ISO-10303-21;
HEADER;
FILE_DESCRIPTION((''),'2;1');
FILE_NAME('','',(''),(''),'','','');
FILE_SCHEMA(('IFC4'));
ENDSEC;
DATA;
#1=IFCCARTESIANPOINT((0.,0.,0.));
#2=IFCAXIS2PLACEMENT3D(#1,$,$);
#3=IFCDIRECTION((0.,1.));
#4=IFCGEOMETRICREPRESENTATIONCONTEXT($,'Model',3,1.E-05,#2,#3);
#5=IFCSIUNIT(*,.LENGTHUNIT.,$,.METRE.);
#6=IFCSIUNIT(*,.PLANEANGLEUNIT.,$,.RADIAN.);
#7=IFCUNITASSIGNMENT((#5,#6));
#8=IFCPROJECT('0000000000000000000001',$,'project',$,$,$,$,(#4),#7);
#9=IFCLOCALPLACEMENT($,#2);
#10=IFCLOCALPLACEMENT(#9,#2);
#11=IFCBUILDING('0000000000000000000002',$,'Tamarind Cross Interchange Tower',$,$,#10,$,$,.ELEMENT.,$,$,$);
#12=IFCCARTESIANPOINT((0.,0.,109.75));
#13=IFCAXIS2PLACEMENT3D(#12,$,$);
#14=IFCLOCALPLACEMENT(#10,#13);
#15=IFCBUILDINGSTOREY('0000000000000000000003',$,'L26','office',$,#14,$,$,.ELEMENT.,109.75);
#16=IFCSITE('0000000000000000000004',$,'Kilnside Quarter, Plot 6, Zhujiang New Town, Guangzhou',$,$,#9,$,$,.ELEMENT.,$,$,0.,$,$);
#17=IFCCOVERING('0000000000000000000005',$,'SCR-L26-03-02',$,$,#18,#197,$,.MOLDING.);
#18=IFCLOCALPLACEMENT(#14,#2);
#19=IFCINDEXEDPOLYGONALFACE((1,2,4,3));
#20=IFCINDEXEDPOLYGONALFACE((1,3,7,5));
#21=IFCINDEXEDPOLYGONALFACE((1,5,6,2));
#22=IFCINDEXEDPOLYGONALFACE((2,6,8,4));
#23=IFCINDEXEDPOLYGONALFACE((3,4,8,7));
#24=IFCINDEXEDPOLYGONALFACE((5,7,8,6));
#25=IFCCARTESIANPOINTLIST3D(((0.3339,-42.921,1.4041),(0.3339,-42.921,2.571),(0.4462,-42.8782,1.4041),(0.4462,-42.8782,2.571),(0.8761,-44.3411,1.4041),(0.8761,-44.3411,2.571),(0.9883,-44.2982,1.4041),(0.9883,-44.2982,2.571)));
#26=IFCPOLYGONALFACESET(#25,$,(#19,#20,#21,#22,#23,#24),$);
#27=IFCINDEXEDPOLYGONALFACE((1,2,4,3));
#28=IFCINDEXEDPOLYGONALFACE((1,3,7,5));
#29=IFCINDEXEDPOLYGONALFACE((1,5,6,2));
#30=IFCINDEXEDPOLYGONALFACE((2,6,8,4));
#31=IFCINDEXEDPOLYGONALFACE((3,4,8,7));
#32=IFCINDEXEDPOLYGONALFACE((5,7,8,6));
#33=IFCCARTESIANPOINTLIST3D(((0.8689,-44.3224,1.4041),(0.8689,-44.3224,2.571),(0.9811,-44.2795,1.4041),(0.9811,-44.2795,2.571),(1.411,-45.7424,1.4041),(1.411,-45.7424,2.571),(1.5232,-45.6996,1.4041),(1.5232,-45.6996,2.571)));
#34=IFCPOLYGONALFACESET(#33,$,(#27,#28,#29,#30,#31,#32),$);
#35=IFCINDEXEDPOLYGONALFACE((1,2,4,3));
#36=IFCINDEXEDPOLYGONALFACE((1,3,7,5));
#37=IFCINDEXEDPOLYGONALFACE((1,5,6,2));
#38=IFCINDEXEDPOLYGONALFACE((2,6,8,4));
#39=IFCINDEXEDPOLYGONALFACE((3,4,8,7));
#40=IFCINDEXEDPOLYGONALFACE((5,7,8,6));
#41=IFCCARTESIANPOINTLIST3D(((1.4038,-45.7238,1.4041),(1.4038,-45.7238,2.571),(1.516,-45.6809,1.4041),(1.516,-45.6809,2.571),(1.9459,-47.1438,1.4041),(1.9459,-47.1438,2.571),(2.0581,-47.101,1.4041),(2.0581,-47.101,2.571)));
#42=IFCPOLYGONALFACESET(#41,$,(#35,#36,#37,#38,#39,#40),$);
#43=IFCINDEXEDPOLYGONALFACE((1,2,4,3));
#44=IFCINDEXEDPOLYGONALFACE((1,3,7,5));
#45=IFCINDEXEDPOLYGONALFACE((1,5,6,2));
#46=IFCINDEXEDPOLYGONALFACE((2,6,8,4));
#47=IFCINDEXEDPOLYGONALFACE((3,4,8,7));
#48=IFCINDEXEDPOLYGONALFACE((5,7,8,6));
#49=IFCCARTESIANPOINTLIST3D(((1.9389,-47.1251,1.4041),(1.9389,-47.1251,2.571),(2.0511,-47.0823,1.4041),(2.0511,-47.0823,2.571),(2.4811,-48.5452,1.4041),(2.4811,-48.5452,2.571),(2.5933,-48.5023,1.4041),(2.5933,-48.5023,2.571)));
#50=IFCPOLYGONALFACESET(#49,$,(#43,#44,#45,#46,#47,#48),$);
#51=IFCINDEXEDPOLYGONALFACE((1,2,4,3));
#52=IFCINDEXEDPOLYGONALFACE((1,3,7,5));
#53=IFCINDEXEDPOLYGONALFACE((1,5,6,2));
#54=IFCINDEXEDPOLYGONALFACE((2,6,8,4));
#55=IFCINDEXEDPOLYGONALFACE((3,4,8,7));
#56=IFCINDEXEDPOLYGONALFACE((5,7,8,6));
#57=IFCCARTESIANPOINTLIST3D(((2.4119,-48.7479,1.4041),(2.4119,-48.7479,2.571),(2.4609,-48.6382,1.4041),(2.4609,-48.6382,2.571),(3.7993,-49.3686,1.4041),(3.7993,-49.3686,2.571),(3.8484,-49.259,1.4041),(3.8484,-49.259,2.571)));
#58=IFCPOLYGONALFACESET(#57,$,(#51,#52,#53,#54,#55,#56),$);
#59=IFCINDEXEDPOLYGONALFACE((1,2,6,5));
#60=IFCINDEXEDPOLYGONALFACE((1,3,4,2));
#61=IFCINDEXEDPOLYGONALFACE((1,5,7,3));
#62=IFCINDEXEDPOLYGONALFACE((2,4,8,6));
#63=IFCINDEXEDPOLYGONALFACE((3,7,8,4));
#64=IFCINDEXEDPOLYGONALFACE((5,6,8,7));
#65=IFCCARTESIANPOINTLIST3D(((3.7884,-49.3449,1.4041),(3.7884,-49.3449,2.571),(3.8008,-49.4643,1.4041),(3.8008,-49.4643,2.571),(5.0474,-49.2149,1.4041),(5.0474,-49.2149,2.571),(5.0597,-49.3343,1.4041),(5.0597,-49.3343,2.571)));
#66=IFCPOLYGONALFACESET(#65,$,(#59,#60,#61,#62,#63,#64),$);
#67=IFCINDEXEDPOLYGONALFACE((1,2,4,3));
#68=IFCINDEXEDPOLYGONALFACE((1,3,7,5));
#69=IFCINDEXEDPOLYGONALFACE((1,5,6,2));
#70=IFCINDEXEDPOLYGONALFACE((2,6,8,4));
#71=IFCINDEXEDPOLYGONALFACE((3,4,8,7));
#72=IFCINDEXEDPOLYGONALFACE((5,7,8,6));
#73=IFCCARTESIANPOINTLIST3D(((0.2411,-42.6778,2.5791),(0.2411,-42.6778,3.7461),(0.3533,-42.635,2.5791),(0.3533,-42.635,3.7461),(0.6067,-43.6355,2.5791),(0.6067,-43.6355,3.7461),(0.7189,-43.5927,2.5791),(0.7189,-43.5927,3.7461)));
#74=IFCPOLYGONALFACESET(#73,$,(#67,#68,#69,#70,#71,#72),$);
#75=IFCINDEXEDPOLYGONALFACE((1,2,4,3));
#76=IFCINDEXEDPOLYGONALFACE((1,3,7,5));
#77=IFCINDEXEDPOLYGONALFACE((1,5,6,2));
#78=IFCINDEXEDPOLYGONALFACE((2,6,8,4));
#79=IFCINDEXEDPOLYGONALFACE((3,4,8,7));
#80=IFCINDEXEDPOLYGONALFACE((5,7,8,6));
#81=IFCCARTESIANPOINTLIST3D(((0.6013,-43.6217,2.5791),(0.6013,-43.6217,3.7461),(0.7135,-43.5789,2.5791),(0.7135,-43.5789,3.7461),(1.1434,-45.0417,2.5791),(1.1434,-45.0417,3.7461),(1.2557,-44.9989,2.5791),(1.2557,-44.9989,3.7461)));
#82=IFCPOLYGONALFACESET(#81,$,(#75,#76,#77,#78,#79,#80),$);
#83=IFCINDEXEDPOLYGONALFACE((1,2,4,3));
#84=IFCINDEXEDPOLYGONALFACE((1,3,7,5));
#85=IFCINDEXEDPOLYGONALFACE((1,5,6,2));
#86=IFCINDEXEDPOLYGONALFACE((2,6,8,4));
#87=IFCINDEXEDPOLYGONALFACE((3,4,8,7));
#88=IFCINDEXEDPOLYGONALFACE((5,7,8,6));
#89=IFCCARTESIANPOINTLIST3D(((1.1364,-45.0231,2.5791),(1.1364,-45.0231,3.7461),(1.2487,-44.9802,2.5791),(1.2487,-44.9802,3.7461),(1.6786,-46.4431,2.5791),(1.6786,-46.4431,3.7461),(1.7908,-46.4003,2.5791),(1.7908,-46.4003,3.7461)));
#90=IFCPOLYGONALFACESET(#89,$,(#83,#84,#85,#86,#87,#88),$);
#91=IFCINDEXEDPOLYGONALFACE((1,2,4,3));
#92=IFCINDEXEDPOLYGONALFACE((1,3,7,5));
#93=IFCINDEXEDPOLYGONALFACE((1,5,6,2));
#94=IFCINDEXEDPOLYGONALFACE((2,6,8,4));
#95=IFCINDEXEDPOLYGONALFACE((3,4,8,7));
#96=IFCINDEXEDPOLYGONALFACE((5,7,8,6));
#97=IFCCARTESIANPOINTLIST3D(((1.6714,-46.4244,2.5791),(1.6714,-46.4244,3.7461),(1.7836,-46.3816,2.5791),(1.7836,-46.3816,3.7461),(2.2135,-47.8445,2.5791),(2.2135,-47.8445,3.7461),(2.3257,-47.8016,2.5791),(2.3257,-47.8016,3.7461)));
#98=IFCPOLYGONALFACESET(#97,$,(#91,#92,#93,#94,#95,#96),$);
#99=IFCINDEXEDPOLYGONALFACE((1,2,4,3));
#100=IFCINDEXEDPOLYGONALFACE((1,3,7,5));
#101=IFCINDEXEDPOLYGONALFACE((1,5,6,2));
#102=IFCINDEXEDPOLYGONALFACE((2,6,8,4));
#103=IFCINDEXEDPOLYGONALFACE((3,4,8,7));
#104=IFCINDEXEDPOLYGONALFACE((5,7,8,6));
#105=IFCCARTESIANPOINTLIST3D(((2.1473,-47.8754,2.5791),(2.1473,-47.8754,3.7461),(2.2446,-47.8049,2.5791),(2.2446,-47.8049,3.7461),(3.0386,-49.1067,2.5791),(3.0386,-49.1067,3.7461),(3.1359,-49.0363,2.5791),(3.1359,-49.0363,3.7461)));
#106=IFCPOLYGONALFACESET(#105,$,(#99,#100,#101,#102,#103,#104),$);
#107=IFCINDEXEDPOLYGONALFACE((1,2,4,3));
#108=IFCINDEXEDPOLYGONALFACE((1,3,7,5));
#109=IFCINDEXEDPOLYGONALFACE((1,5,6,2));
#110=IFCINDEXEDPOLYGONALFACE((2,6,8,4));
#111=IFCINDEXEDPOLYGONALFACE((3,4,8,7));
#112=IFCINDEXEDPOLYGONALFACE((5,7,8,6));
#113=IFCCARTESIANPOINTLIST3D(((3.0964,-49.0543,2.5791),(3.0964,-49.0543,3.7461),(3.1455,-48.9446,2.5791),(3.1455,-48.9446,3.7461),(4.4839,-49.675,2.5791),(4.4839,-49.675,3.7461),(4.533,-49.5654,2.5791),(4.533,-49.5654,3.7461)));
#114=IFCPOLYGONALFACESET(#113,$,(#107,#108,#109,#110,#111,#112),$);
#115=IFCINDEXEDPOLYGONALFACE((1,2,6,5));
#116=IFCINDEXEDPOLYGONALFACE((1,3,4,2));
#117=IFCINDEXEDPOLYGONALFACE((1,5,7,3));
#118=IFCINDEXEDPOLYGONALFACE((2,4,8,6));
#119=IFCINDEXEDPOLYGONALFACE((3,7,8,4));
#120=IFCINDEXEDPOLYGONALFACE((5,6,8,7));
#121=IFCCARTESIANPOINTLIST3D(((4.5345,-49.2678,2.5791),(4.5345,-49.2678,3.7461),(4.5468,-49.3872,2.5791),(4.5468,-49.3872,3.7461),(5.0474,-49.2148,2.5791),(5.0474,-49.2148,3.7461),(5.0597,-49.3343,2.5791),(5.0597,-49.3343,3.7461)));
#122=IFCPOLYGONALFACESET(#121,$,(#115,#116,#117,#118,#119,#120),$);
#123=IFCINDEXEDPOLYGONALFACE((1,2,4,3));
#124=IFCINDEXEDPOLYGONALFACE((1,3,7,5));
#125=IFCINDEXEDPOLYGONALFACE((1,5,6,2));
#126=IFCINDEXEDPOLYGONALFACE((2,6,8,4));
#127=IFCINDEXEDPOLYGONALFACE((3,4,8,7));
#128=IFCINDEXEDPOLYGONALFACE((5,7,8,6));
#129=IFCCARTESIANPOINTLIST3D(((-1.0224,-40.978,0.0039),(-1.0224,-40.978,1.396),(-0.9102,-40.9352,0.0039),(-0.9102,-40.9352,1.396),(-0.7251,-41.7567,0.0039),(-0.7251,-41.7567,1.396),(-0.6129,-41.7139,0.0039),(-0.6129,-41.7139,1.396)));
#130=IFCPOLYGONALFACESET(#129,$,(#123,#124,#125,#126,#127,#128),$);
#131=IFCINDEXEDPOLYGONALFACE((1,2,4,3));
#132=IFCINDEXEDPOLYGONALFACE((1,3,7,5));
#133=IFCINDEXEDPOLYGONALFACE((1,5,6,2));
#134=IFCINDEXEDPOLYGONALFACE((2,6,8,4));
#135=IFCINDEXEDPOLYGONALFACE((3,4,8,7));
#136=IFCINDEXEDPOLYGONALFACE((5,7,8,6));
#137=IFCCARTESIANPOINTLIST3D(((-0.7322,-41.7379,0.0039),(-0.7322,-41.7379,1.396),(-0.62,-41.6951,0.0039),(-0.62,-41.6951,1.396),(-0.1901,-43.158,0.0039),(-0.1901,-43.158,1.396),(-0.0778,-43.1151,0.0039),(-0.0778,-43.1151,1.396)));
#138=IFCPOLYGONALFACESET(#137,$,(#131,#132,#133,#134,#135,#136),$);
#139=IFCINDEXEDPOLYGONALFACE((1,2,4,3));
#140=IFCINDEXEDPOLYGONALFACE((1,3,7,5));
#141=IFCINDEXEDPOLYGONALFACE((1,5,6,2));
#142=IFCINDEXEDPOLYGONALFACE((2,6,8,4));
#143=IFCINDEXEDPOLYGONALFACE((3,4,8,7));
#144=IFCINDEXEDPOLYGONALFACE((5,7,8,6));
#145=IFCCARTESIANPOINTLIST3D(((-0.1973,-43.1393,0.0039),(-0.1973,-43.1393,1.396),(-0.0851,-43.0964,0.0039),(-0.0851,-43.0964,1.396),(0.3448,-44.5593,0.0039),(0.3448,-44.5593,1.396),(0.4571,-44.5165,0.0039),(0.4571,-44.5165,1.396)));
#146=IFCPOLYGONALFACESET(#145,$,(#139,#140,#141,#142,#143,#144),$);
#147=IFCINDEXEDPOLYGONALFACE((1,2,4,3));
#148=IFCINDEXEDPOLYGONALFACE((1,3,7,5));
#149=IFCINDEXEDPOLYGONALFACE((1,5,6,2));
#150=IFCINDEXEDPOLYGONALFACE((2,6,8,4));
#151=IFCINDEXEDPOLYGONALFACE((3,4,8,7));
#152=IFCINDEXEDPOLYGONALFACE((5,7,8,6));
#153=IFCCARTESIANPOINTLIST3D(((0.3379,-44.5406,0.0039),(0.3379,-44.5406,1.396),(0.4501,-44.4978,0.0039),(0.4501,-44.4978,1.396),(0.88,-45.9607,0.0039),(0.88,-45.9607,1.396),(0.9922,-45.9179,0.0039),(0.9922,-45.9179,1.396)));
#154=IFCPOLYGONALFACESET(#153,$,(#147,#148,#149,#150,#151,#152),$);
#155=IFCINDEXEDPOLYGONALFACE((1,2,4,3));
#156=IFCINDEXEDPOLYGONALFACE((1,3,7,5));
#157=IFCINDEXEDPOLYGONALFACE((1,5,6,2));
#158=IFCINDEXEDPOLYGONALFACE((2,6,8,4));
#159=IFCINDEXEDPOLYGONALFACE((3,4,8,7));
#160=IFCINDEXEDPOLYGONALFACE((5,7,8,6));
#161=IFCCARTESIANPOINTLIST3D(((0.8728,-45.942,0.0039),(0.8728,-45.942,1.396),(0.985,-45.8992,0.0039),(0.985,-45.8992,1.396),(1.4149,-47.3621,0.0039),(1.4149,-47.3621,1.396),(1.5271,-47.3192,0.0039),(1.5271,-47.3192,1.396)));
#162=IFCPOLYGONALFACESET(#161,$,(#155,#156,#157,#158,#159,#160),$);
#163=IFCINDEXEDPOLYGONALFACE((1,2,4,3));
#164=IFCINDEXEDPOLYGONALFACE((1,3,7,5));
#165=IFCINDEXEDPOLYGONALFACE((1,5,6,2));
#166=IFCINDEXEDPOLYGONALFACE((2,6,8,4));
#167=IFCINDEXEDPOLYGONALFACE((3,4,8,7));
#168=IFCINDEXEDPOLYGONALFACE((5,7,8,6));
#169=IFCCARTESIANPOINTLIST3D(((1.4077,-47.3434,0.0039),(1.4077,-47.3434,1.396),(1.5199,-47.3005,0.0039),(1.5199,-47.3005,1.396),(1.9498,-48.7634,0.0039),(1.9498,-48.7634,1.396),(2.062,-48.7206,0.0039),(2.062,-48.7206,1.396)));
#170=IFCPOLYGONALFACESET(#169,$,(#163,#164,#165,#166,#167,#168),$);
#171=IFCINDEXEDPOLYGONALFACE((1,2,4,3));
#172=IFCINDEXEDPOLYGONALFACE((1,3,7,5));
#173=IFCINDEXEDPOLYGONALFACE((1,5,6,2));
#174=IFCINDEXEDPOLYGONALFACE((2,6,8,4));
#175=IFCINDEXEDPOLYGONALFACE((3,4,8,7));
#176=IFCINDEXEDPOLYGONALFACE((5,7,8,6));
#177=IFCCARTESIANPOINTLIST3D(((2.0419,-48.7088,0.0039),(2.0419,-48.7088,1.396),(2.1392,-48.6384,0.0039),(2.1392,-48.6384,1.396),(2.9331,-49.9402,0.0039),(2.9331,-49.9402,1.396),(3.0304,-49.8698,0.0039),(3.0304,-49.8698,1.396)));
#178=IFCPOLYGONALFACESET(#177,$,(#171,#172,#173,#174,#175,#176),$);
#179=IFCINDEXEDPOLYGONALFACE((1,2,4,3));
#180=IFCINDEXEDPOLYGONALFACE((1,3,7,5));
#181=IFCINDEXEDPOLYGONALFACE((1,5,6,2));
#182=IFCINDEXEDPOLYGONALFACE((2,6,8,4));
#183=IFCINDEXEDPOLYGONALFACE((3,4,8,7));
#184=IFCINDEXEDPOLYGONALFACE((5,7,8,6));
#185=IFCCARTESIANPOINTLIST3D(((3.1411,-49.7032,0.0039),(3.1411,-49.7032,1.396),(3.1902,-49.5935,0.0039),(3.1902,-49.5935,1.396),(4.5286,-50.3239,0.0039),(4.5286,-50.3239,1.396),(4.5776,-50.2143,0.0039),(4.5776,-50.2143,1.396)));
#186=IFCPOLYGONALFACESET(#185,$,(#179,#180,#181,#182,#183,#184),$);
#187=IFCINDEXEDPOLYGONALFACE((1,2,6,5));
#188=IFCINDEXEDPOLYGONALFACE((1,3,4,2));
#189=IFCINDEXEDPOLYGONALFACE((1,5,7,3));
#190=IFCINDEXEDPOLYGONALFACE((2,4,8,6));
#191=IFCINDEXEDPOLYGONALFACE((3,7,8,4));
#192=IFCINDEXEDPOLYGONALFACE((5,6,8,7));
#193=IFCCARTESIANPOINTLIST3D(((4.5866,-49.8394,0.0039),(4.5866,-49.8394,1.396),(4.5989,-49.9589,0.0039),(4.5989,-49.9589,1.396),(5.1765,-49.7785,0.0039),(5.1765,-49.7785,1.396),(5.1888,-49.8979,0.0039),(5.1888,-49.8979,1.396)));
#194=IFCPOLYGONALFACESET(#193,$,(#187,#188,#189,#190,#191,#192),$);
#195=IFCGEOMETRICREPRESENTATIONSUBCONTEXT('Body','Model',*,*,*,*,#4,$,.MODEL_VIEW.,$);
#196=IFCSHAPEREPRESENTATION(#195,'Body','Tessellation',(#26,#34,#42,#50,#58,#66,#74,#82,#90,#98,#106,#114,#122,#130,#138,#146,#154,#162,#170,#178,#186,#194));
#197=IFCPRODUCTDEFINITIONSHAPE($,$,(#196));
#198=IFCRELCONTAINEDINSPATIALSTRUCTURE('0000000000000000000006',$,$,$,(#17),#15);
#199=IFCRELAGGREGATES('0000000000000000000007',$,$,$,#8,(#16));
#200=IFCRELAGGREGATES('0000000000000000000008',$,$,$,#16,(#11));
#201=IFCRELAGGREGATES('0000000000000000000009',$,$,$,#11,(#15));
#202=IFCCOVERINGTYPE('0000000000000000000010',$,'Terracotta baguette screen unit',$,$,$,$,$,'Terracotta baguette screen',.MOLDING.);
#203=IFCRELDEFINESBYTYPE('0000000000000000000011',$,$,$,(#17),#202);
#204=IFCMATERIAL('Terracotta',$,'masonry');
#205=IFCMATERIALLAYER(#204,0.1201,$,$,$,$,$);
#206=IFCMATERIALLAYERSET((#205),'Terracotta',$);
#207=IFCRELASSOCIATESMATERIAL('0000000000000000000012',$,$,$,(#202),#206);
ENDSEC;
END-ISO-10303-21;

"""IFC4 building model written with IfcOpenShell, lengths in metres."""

from ifc_helpers import new_model, si_unit, direction, frame, origin, origin_2d, place, context, subcontext, project, spatial, rectangle, extrude, material, layer, layer_set, type_object, element, save


model = new_model("IFC4")

# Units and contexts
model_context = context("Model", 3, precision=1e-05, world=origin(), true_north=direction((0.0, 1.0)))
body_context = subcontext(model_context, "Body", "Model", "MODEL_VIEW")
ifc_project = project(units=[si_unit("LENGTHUNIT", "METRE"), si_unit("PLANEANGLEUNIT", "RADIAN")], contexts=[model_context])

# Site, building, storey
site_placement = place(None, origin())
site = spatial("IfcSite", under=ifc_project, at=site_placement, Name="Kilnside Quarter, Plot 6, Zhujiang New Town, Guangzhou", CompositionType="ELEMENT", RefElevation=0.0)
building_placement = place(site_placement, origin())
building = spatial("IfcBuilding", under=site, at=building_placement, Name="Tamarind Cross Interchange Tower", CompositionType="ELEMENT")
storey_placement = place(building_placement, frame((0.0, 0.0, 109.75)))
storey = spatial("IfcBuildingStorey", under=building, at=storey_placement, Name="L26", Description="office", CompositionType="ELEMENT", Elevation=109.75)

# Covering
ifc_material_1 = material(Name="Terracotta", Category="masonry")
ifc_layer_1 = layer(ifc_material_1, 0.1201)
ifc_layer_set_1 = layer_set([ifc_layer_1], Name="Terracotta")
covering_type = type_object("IfcCoveringType", Name="Terracotta baguette screen unit", ElementType="Terracotta baguette screen", PredefinedType="MOLDING", material=ifc_layer_set_1)
covering_1_placement = place(storey_placement, origin())
element("IfcCovering", 1, at=covering_1_placement, inside=storey, type_object=covering_type, Name="SCR-L26-03-02", PredefinedType="MOLDING", context=body_context, shape_type="SweptSolid", body=[
    extrude(rectangle(XDim=1.52, YDim=0.1201, at=origin_2d()), frame((0.6611, -43.6096, 1.4041), z_axis=(0.0, 0.0, 1.0), x_axis=(0.356673, -0.934229, 0.0)), (0.0, 0.0, 1.0), 1.167),
    extrude(rectangle(XDim=1.52, YDim=0.1201, at=origin_2d()), frame((1.196, -45.011, 1.4041), z_axis=(0.0, 0.0, 1.0), x_axis=(0.356673, -0.934229, 0.0)), (0.0, 0.0, 1.0), 1.167),
    extrude(rectangle(XDim=1.52, YDim=0.1201, at=origin_2d()), frame((1.731, -46.4124, 1.4041), z_axis=(0.0, 0.0, 1.0), x_axis=(0.356673, -0.934229, 0.0)), (0.0, 0.0, 1.0), 1.167),
    extrude(rectangle(XDim=1.52, YDim=0.1201, at=origin_2d()), frame((2.2661, -47.8137, 1.4041), z_axis=(0.0, 0.0, 1.0), x_axis=(0.356673, -0.934229, 0.0)), (0.0, 0.0, 1.0), 1.167),
    extrude(rectangle(XDim=1.52, YDim=0.1201, at=origin_2d()), frame((3.1301, -49.0034, 1.4041), z_axis=(0.0, 0.0, 1.0), x_axis=(0.912806, -0.408394, 0.0)), (0.0, 0.0, 1.0), 1.167),
    extrude(rectangle(XDim=1.2656, YDim=0.1201, at=origin_2d()), frame((4.4241, -49.3396, 1.4041), z_axis=(0.0, 0.0, 1.0), x_axis=(0.99471, 0.102723, 0.0)), (0.0, 0.0, 1.0), 1.167),
    extrude(rectangle(XDim=1.0251, YDim=0.1201, at=origin_2d()), frame((0.48, -43.1353, 2.5791), z_axis=(0.0, 0.0, 1.0), x_axis=(0.356673, -0.934229, 0.0)), (0.0, 0.0, 1.0), 1.167),
    extrude(rectangle(XDim=1.52, YDim=0.1201, at=origin_2d()), frame((0.9285, -44.3103, 2.5791), z_axis=(0.0, 0.0, 1.0), x_axis=(0.356673, -0.934229, 0.0)), (0.0, 0.0, 1.0), 1.167),
    extrude(rectangle(XDim=1.52, YDim=0.1201, at=origin_2d()), frame((1.4636, -45.7117, 2.5791), z_axis=(0.0, 0.0, 1.0), x_axis=(0.356673, -0.934229, 0.0)), (0.0, 0.0, 1.0), 1.167),
    extrude(rectangle(XDim=1.52, YDim=0.1201, at=origin_2d()), frame((1.9985, -47.113, 2.5791), z_axis=(0.0, 0.0, 1.0), x_axis=(0.356673, -0.934229, 0.0)), (0.0, 0.0, 1.0), 1.167),
    extrude(rectangle(XDim=1.52, YDim=0.1201, at=origin_2d()), frame((2.6416, -48.4558, 2.5791), z_axis=(0.0, 0.0, 1.0), x_axis=(0.586316, -0.810083, 0.0)), (0.0, 0.0, 1.0), 1.167),
    extrude(rectangle(XDim=1.52, YDim=0.1201, at=origin_2d()), frame((3.8147, -49.3098, 2.5791), z_axis=(0.0, 0.0, 1.0), x_axis=(0.912806, -0.408394, 0.0)), (0.0, 0.0, 1.0), 1.167),
    extrude(rectangle(XDim=0.5156, YDim=0.1201, at=origin_2d()), frame((4.7971, -49.301, 2.5791), z_axis=(0.0, 0.0, 1.0), x_axis=(0.99471, 0.102723, 0.0)), (0.0, 0.0, 1.0), 1.167),
    extrude(rectangle(XDim=0.8335, YDim=0.1201, at=origin_2d()), frame((-0.8176, -41.3459, 0.0039), z_axis=(0.0, 0.0, 1.0), x_axis=(0.356673, -0.934229, 0.0)), (0.0, 0.0, 1.0), 1.3921),
    extrude(rectangle(XDim=1.52, YDim=0.1201, at=origin_2d()), frame((-0.405, -42.4265, 0.0039), z_axis=(0.0, 0.0, 1.0), x_axis=(0.356673, -0.934229, 0.0)), (0.0, 0.0, 1.0), 1.3921),
    extrude(rectangle(XDim=1.52, YDim=0.1201, at=origin_2d()), frame((0.1299, -43.8279, 0.0039), z_axis=(0.0, 0.0, 1.0), x_axis=(0.356673, -0.934229, 0.0)), (0.0, 0.0, 1.0), 1.3921),
    extrude(rectangle(XDim=1.52, YDim=0.1201, at=origin_2d()), frame((0.665, -45.2292, 0.0039), z_axis=(0.0, 0.0, 1.0), x_axis=(0.356673, -0.934229, 0.0)), (0.0, 0.0, 1.0), 1.3921),
    extrude(rectangle(XDim=1.52, YDim=0.1201, at=origin_2d()), frame((1.2, -46.6306, 0.0039), z_axis=(0.0, 0.0, 1.0), x_axis=(0.356673, -0.934229, 0.0)), (0.0, 0.0, 1.0), 1.3921),
    extrude(rectangle(XDim=1.52, YDim=0.1201, at=origin_2d()), frame((1.7349, -48.032, 0.0039), z_axis=(0.0, 0.0, 1.0), x_axis=(0.356673, -0.934229, 0.0)), (0.0, 0.0, 1.0), 1.3921),
    extrude(rectangle(XDim=1.52, YDim=0.1201, at=origin_2d()), frame((2.5361, -49.2893, 0.0039), z_axis=(0.0, 0.0, 1.0), x_axis=(0.586316, -0.810083, 0.0)), (0.0, 0.0, 1.0), 1.3921),
    extrude(rectangle(XDim=1.52, YDim=0.1201, at=origin_2d()), frame((3.8594, -49.9587, 0.0039), z_axis=(0.0, 0.0, 1.0), x_axis=(0.912806, -0.408394, 0.0)), (0.0, 0.0, 1.0), 1.3921),
    extrude(rectangle(XDim=0.593, YDim=0.1201, at=origin_2d()), frame((4.8877, -49.8687, 0.0039), z_axis=(0.0, 0.0, 1.0), x_axis=(0.99471, 0.102723, 0.0)), (0.0, 0.0, 1.0), 1.3921),
])

save(model, "model.ifc")
